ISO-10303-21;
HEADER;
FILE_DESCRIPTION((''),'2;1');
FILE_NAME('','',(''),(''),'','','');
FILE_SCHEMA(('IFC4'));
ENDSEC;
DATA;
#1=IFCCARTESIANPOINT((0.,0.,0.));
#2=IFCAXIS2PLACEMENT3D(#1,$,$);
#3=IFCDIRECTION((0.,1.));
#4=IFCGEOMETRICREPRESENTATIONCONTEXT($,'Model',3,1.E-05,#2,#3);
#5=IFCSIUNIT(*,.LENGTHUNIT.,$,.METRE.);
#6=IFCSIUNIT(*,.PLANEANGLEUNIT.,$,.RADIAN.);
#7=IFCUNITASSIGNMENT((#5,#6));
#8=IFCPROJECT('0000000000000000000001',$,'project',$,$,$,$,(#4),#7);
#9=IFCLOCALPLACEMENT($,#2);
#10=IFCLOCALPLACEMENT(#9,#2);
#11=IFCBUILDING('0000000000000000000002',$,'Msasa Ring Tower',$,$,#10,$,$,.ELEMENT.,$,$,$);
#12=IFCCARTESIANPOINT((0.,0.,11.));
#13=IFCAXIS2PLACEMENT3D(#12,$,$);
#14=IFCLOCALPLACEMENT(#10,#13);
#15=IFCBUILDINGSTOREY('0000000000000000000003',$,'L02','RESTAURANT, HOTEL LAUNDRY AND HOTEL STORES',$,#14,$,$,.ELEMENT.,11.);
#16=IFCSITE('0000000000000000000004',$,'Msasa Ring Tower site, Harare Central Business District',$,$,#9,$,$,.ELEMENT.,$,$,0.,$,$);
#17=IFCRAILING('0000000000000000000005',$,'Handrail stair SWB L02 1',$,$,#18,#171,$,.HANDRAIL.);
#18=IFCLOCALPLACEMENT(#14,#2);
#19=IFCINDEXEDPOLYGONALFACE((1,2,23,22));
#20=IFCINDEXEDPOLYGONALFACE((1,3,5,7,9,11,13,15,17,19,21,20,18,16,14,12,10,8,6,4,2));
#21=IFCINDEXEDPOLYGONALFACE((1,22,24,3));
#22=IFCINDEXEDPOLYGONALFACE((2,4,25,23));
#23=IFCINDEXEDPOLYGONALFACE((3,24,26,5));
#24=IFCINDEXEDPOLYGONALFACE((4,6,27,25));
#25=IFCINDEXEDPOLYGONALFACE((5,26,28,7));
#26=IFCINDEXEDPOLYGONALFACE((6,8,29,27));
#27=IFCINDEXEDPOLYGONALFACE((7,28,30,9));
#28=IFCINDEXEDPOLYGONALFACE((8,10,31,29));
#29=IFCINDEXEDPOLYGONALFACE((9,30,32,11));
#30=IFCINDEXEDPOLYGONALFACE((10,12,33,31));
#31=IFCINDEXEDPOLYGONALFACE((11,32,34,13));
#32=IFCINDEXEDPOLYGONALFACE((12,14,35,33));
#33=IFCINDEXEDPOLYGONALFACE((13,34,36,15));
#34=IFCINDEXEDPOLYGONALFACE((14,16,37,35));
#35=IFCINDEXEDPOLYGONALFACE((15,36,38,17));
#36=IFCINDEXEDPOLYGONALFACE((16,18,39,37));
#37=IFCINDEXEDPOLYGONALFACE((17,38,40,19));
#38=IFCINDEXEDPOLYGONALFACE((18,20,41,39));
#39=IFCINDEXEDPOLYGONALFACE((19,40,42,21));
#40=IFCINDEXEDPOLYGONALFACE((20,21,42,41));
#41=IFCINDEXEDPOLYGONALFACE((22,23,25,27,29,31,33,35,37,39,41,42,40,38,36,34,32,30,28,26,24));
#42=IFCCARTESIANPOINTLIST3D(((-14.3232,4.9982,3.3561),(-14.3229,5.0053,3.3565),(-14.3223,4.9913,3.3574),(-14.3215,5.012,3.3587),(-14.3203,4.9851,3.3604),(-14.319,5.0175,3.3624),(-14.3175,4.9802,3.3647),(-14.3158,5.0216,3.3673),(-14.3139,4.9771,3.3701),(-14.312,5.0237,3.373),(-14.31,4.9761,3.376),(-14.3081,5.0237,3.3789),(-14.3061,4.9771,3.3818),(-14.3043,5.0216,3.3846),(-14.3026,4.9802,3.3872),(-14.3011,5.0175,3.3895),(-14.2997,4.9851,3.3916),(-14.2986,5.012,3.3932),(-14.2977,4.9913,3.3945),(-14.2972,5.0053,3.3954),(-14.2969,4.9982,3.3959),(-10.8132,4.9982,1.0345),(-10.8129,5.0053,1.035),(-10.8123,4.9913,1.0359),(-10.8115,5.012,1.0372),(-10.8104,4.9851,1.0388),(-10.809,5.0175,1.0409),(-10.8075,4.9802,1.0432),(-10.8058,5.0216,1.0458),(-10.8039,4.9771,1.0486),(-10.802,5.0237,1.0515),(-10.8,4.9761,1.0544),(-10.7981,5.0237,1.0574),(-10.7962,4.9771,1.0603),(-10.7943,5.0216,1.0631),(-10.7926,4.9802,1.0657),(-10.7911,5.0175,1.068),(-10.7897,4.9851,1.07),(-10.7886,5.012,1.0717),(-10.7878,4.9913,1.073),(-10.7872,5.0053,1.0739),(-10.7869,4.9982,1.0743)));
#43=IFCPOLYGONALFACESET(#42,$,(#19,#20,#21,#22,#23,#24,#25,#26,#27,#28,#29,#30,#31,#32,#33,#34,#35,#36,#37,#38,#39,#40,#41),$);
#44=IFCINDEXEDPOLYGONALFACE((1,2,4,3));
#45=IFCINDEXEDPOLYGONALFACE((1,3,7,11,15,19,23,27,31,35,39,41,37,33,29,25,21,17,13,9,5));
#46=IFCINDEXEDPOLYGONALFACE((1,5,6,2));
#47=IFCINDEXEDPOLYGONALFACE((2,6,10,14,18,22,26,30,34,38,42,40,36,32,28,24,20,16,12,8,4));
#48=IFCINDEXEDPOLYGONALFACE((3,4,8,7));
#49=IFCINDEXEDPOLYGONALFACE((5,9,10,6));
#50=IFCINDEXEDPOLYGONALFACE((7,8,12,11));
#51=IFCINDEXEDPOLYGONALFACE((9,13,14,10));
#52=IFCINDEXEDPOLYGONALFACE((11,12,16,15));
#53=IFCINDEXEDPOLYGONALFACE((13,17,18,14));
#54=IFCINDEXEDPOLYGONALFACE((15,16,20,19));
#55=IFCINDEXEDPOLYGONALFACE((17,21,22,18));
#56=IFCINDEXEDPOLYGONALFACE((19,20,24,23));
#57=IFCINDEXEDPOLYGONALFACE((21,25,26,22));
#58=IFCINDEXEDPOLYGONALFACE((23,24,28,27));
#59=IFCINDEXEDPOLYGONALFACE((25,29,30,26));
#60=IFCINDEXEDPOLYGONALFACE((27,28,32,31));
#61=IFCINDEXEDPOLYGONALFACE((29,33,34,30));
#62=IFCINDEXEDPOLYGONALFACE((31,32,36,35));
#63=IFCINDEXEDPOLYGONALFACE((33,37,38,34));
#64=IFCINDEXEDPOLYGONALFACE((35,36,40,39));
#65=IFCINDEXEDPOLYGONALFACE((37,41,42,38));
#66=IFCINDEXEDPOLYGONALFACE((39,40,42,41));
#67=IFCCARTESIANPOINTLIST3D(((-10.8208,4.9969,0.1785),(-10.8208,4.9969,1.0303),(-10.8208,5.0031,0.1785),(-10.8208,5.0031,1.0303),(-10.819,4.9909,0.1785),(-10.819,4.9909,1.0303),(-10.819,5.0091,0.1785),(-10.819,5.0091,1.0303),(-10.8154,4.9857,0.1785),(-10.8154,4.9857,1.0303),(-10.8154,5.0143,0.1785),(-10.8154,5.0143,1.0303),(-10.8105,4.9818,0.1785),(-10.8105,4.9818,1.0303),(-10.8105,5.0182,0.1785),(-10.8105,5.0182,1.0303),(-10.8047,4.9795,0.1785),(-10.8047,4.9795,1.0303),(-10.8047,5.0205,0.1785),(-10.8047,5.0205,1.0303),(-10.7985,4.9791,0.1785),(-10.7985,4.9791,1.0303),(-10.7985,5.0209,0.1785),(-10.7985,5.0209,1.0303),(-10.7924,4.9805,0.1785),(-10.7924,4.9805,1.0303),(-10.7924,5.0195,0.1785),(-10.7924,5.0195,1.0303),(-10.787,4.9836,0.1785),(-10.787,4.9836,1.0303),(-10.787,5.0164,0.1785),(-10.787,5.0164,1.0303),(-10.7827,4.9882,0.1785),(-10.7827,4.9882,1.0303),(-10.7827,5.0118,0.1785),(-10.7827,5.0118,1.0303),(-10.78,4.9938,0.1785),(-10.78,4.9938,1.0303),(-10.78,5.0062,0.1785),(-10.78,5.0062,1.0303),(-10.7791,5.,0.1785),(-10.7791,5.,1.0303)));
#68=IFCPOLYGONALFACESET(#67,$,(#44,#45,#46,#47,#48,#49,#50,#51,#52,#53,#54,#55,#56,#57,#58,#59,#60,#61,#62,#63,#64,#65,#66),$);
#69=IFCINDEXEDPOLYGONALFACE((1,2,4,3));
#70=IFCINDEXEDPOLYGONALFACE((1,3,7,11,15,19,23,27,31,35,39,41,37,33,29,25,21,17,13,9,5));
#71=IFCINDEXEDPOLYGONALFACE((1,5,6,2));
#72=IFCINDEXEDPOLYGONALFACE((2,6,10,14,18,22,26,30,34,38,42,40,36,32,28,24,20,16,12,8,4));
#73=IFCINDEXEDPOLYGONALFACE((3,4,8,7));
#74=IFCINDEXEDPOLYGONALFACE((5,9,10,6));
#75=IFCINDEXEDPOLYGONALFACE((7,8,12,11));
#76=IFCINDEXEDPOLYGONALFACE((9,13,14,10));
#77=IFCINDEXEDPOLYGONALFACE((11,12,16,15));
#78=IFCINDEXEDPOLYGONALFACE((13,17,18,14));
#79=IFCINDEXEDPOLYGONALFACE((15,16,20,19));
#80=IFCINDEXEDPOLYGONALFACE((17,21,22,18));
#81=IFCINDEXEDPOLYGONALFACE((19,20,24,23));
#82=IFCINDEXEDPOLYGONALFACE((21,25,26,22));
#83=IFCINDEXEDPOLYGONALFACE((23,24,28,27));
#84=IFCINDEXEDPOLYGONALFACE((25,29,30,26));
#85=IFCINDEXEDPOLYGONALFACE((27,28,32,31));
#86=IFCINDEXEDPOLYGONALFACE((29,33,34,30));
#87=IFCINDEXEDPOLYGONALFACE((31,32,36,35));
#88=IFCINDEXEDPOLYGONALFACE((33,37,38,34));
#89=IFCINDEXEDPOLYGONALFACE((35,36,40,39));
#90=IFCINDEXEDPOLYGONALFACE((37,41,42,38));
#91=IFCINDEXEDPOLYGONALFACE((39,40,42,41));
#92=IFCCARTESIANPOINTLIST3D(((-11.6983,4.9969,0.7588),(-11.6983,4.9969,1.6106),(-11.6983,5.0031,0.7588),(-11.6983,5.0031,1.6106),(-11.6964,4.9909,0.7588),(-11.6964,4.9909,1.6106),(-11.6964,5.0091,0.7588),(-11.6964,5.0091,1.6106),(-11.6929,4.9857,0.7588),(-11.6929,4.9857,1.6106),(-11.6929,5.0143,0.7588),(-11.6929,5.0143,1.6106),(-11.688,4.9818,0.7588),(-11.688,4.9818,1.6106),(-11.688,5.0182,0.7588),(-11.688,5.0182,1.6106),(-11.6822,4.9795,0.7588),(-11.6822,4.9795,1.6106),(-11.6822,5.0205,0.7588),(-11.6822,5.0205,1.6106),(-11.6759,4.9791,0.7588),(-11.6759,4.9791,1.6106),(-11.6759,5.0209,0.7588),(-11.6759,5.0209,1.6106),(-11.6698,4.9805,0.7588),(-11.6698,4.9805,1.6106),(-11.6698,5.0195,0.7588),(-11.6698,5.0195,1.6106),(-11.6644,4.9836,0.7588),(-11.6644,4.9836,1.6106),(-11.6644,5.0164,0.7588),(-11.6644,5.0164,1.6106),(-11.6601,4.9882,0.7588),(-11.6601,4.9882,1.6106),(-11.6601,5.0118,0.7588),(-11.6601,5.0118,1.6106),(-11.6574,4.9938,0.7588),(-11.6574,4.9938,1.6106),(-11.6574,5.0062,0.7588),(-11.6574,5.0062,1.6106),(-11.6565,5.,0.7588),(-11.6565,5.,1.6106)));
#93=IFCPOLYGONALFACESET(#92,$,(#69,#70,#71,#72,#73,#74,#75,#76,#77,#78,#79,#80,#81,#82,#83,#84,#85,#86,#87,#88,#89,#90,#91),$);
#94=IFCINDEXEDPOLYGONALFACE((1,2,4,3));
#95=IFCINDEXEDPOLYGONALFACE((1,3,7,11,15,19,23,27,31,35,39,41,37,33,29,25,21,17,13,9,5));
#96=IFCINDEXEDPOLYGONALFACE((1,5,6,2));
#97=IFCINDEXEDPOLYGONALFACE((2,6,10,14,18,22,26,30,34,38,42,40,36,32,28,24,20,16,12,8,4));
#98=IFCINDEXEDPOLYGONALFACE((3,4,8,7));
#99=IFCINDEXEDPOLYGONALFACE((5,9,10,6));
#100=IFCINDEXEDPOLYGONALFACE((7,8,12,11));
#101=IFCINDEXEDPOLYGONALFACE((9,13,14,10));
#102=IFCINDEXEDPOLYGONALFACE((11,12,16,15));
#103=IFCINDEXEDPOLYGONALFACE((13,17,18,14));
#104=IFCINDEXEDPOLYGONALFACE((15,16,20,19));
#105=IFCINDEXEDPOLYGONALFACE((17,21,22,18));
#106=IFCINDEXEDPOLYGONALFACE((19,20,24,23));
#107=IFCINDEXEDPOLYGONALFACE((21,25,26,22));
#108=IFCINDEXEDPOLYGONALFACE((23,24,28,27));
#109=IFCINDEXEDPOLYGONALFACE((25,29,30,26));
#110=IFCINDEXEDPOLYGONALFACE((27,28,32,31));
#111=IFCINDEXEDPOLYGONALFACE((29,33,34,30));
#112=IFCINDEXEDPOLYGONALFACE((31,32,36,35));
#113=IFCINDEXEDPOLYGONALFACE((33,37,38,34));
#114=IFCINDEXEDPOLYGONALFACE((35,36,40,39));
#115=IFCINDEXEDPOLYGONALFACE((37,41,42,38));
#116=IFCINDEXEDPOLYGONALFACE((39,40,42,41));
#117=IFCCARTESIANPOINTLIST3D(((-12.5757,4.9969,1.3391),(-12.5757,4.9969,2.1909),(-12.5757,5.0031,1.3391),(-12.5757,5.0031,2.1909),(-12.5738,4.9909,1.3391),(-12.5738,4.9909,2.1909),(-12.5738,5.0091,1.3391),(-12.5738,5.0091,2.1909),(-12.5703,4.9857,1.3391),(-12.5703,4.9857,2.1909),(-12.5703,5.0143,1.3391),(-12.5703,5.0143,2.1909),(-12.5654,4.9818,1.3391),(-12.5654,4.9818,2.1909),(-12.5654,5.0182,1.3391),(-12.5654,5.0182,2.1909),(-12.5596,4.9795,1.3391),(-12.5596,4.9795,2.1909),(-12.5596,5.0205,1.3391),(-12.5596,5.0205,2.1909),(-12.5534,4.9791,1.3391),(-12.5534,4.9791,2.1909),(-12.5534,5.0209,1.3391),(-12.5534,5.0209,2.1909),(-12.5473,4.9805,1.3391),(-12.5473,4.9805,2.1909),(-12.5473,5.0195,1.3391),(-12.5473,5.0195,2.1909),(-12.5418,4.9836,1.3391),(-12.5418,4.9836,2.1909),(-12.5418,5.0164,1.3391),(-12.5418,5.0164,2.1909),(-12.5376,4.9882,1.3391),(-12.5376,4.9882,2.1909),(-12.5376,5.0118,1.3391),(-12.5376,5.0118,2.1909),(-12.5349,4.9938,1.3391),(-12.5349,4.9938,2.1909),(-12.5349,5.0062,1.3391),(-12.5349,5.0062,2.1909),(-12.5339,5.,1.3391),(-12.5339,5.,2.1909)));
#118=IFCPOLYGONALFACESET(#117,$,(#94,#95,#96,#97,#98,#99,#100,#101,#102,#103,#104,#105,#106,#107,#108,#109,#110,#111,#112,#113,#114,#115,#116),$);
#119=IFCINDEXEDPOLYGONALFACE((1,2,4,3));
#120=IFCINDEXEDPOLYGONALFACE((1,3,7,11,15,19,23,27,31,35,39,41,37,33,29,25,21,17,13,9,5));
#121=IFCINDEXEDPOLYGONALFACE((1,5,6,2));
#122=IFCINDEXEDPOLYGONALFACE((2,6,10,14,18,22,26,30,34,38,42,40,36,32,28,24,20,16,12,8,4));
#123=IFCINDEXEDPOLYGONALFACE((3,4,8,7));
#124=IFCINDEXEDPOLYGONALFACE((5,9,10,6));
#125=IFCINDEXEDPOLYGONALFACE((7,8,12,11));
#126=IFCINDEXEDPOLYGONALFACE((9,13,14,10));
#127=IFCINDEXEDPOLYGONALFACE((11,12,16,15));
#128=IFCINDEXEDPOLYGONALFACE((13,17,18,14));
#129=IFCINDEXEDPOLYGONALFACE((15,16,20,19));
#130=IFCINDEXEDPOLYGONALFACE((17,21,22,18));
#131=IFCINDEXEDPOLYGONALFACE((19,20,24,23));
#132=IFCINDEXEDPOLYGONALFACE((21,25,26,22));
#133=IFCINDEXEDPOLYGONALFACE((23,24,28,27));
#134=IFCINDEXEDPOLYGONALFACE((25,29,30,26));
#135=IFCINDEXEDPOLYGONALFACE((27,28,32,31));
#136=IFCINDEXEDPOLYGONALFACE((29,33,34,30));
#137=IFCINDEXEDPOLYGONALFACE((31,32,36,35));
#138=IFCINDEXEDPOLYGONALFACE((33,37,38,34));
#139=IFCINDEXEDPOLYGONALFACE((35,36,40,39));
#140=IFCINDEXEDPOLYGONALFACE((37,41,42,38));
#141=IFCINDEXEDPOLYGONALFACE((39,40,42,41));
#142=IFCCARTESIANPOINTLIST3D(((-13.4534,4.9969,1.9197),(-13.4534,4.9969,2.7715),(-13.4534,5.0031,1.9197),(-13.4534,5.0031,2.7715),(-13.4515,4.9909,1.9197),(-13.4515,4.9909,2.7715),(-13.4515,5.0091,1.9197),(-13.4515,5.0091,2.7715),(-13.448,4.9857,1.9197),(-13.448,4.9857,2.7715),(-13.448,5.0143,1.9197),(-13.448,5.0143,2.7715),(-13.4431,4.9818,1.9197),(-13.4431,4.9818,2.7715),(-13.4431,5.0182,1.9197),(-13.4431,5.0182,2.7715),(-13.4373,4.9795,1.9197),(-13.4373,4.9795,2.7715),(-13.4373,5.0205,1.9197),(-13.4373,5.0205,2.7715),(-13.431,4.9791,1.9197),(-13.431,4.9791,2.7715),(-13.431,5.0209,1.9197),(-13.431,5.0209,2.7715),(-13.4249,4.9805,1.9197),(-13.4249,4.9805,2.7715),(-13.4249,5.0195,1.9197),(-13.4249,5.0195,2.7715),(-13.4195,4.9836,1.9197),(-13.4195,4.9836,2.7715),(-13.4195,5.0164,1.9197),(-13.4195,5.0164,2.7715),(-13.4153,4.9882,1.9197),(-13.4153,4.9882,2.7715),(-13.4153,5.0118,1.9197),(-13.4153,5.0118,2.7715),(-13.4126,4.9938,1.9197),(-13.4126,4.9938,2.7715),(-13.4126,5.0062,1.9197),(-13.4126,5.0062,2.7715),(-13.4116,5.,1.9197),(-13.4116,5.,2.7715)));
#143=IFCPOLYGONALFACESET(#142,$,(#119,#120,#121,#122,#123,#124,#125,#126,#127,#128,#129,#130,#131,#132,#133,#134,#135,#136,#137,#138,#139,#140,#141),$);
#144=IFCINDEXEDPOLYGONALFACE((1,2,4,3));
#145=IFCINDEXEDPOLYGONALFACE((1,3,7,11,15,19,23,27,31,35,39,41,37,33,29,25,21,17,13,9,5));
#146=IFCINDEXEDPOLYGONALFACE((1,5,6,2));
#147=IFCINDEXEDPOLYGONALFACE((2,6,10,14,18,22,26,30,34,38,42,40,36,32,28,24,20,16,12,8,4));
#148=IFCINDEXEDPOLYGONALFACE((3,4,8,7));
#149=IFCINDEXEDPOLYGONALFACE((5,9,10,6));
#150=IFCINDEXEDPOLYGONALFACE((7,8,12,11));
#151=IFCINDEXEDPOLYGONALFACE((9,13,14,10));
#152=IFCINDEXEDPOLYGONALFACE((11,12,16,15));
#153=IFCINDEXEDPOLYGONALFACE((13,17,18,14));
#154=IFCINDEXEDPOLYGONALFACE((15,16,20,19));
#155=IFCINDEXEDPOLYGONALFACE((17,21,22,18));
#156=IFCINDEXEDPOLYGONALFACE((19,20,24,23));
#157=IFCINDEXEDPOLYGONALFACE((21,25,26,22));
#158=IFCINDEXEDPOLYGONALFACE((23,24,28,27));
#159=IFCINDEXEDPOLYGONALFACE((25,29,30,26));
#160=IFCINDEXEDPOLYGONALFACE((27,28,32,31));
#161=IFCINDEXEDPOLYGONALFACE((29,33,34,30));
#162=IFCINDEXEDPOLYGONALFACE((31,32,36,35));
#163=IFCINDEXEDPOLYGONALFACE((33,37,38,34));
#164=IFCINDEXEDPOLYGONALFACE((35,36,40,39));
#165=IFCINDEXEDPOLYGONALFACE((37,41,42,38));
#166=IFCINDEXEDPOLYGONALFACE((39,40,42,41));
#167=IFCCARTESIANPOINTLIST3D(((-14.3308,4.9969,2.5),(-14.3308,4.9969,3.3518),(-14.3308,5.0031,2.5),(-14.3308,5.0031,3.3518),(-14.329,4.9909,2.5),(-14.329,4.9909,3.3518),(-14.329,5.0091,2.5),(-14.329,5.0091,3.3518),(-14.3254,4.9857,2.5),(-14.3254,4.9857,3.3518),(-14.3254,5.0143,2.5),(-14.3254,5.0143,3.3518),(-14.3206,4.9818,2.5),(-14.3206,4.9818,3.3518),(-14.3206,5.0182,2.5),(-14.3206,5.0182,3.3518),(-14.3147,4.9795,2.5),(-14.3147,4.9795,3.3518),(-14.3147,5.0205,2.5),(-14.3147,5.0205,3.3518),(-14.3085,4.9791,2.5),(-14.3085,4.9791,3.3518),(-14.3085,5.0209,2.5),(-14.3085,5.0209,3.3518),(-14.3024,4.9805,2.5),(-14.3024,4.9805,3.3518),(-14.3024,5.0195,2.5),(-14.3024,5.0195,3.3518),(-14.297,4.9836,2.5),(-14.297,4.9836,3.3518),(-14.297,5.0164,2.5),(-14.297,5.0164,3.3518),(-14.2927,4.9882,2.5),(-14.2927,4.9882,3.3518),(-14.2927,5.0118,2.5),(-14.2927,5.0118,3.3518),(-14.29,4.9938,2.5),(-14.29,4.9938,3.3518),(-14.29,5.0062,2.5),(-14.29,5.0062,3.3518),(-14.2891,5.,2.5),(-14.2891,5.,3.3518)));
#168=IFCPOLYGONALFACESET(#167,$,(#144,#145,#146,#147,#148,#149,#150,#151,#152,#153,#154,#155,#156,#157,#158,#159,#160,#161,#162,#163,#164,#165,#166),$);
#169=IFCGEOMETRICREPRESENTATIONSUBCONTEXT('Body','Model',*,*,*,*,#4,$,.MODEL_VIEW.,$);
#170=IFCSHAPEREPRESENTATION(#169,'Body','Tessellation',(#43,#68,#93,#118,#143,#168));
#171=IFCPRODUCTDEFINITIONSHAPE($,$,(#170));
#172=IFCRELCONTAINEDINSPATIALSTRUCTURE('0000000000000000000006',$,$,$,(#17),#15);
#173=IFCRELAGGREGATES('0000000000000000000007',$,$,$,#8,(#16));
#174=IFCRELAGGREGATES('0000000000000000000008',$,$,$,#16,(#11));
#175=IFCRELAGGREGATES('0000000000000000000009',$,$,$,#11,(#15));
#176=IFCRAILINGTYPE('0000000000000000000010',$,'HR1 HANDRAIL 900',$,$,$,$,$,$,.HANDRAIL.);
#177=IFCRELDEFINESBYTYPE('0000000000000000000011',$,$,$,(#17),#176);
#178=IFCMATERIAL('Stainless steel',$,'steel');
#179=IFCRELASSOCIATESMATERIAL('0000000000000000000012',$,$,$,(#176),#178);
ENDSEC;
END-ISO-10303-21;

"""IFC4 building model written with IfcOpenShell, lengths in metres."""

from ifc_helpers import new_model, si_unit, direction, frame, origin, origin_2d, place, context, subcontext, project, spatial, circle, extrude, material, type_object, element, save


model = new_model("IFC4")

# Units and contexts
model_context = context("Model", 3, precision=1e-05, world=origin(), true_north=direction((0.0, 1.0)))
body_context = subcontext(model_context, "Body", "Model", "MODEL_VIEW")
ifc_project = project(units=[si_unit("LENGTHUNIT", "METRE"), si_unit("PLANEANGLEUNIT", "RADIAN")], contexts=[model_context])

# Site, building, storey
site_placement = place(None, origin())
site = spatial("IfcSite", under=ifc_project, at=site_placement, Name="Msasa Ring Tower site, Harare Central Business District", CompositionType="ELEMENT", RefElevation=0.0)
building_placement = place(site_placement, origin())
building = spatial("IfcBuilding", under=site, at=building_placement, Name="Msasa Ring Tower", CompositionType="ELEMENT")
storey_placement = place(building_placement, frame((0.0, 0.0, 11.0)))
storey = spatial("IfcBuildingStorey", under=building, at=storey_placement, Name="L02", Description="RESTAURANT, HOTEL LAUNDRY AND HOTEL STORES", CompositionType="ELEMENT", Elevation=11.0)

# Railing
ifc_material_1 = material(Name="Stainless steel", Category="steel")
railing_type = type_object("IfcRailingType", Name="HR1 HANDRAIL 900", PredefinedType="HANDRAIL", material=ifc_material_1)
for number, where, name in (
    (1, (-10.8, 5.0, 0.1785), "Handrail stair SWB L02 1"),
):
    element("IfcRailing", number, at=place(storey_placement, frame(where)), inside=storey, type_object=railing_type, Name=name, PredefinedType="HANDRAIL", context=body_context, shape_type="SweptSolid", body=[
        extrude(circle(Radius=0.0239, at=origin_2d()), frame((0.0, 0.0, 0.876), z_axis=(-0.834071, 0.0, 0.551657), x_axis=(0.0, -1.0, 0.0)), (0.0, 0.0, 1.0), 4.2083),
        extrude(circle(Radius=0.021, at=origin_2d()), origin(), (0.0, 0.0, 1.0), 0.8518),
        extrude(circle(Radius=0.021, at=origin_2d()), frame((-0.8774, 0.0, 0.5803)), (0.0, 0.0, 1.0), 0.8518),
        extrude(circle(Radius=0.021, at=origin_2d()), frame((-1.7549, 0.0, 1.1606)), (0.0, 0.0, 1.0), 0.8518),
        extrude(circle(Radius=0.021, at=origin_2d()), frame((-2.6326, 0.0, 1.7412)), (0.0, 0.0, 1.0), 0.8518),
        extrude(circle(Radius=0.021, at=origin_2d()), frame((-3.51, 0.0, 2.3215)), (0.0, 0.0, 1.0), 0.8518),
    ])

save(model, "model.ifc")
